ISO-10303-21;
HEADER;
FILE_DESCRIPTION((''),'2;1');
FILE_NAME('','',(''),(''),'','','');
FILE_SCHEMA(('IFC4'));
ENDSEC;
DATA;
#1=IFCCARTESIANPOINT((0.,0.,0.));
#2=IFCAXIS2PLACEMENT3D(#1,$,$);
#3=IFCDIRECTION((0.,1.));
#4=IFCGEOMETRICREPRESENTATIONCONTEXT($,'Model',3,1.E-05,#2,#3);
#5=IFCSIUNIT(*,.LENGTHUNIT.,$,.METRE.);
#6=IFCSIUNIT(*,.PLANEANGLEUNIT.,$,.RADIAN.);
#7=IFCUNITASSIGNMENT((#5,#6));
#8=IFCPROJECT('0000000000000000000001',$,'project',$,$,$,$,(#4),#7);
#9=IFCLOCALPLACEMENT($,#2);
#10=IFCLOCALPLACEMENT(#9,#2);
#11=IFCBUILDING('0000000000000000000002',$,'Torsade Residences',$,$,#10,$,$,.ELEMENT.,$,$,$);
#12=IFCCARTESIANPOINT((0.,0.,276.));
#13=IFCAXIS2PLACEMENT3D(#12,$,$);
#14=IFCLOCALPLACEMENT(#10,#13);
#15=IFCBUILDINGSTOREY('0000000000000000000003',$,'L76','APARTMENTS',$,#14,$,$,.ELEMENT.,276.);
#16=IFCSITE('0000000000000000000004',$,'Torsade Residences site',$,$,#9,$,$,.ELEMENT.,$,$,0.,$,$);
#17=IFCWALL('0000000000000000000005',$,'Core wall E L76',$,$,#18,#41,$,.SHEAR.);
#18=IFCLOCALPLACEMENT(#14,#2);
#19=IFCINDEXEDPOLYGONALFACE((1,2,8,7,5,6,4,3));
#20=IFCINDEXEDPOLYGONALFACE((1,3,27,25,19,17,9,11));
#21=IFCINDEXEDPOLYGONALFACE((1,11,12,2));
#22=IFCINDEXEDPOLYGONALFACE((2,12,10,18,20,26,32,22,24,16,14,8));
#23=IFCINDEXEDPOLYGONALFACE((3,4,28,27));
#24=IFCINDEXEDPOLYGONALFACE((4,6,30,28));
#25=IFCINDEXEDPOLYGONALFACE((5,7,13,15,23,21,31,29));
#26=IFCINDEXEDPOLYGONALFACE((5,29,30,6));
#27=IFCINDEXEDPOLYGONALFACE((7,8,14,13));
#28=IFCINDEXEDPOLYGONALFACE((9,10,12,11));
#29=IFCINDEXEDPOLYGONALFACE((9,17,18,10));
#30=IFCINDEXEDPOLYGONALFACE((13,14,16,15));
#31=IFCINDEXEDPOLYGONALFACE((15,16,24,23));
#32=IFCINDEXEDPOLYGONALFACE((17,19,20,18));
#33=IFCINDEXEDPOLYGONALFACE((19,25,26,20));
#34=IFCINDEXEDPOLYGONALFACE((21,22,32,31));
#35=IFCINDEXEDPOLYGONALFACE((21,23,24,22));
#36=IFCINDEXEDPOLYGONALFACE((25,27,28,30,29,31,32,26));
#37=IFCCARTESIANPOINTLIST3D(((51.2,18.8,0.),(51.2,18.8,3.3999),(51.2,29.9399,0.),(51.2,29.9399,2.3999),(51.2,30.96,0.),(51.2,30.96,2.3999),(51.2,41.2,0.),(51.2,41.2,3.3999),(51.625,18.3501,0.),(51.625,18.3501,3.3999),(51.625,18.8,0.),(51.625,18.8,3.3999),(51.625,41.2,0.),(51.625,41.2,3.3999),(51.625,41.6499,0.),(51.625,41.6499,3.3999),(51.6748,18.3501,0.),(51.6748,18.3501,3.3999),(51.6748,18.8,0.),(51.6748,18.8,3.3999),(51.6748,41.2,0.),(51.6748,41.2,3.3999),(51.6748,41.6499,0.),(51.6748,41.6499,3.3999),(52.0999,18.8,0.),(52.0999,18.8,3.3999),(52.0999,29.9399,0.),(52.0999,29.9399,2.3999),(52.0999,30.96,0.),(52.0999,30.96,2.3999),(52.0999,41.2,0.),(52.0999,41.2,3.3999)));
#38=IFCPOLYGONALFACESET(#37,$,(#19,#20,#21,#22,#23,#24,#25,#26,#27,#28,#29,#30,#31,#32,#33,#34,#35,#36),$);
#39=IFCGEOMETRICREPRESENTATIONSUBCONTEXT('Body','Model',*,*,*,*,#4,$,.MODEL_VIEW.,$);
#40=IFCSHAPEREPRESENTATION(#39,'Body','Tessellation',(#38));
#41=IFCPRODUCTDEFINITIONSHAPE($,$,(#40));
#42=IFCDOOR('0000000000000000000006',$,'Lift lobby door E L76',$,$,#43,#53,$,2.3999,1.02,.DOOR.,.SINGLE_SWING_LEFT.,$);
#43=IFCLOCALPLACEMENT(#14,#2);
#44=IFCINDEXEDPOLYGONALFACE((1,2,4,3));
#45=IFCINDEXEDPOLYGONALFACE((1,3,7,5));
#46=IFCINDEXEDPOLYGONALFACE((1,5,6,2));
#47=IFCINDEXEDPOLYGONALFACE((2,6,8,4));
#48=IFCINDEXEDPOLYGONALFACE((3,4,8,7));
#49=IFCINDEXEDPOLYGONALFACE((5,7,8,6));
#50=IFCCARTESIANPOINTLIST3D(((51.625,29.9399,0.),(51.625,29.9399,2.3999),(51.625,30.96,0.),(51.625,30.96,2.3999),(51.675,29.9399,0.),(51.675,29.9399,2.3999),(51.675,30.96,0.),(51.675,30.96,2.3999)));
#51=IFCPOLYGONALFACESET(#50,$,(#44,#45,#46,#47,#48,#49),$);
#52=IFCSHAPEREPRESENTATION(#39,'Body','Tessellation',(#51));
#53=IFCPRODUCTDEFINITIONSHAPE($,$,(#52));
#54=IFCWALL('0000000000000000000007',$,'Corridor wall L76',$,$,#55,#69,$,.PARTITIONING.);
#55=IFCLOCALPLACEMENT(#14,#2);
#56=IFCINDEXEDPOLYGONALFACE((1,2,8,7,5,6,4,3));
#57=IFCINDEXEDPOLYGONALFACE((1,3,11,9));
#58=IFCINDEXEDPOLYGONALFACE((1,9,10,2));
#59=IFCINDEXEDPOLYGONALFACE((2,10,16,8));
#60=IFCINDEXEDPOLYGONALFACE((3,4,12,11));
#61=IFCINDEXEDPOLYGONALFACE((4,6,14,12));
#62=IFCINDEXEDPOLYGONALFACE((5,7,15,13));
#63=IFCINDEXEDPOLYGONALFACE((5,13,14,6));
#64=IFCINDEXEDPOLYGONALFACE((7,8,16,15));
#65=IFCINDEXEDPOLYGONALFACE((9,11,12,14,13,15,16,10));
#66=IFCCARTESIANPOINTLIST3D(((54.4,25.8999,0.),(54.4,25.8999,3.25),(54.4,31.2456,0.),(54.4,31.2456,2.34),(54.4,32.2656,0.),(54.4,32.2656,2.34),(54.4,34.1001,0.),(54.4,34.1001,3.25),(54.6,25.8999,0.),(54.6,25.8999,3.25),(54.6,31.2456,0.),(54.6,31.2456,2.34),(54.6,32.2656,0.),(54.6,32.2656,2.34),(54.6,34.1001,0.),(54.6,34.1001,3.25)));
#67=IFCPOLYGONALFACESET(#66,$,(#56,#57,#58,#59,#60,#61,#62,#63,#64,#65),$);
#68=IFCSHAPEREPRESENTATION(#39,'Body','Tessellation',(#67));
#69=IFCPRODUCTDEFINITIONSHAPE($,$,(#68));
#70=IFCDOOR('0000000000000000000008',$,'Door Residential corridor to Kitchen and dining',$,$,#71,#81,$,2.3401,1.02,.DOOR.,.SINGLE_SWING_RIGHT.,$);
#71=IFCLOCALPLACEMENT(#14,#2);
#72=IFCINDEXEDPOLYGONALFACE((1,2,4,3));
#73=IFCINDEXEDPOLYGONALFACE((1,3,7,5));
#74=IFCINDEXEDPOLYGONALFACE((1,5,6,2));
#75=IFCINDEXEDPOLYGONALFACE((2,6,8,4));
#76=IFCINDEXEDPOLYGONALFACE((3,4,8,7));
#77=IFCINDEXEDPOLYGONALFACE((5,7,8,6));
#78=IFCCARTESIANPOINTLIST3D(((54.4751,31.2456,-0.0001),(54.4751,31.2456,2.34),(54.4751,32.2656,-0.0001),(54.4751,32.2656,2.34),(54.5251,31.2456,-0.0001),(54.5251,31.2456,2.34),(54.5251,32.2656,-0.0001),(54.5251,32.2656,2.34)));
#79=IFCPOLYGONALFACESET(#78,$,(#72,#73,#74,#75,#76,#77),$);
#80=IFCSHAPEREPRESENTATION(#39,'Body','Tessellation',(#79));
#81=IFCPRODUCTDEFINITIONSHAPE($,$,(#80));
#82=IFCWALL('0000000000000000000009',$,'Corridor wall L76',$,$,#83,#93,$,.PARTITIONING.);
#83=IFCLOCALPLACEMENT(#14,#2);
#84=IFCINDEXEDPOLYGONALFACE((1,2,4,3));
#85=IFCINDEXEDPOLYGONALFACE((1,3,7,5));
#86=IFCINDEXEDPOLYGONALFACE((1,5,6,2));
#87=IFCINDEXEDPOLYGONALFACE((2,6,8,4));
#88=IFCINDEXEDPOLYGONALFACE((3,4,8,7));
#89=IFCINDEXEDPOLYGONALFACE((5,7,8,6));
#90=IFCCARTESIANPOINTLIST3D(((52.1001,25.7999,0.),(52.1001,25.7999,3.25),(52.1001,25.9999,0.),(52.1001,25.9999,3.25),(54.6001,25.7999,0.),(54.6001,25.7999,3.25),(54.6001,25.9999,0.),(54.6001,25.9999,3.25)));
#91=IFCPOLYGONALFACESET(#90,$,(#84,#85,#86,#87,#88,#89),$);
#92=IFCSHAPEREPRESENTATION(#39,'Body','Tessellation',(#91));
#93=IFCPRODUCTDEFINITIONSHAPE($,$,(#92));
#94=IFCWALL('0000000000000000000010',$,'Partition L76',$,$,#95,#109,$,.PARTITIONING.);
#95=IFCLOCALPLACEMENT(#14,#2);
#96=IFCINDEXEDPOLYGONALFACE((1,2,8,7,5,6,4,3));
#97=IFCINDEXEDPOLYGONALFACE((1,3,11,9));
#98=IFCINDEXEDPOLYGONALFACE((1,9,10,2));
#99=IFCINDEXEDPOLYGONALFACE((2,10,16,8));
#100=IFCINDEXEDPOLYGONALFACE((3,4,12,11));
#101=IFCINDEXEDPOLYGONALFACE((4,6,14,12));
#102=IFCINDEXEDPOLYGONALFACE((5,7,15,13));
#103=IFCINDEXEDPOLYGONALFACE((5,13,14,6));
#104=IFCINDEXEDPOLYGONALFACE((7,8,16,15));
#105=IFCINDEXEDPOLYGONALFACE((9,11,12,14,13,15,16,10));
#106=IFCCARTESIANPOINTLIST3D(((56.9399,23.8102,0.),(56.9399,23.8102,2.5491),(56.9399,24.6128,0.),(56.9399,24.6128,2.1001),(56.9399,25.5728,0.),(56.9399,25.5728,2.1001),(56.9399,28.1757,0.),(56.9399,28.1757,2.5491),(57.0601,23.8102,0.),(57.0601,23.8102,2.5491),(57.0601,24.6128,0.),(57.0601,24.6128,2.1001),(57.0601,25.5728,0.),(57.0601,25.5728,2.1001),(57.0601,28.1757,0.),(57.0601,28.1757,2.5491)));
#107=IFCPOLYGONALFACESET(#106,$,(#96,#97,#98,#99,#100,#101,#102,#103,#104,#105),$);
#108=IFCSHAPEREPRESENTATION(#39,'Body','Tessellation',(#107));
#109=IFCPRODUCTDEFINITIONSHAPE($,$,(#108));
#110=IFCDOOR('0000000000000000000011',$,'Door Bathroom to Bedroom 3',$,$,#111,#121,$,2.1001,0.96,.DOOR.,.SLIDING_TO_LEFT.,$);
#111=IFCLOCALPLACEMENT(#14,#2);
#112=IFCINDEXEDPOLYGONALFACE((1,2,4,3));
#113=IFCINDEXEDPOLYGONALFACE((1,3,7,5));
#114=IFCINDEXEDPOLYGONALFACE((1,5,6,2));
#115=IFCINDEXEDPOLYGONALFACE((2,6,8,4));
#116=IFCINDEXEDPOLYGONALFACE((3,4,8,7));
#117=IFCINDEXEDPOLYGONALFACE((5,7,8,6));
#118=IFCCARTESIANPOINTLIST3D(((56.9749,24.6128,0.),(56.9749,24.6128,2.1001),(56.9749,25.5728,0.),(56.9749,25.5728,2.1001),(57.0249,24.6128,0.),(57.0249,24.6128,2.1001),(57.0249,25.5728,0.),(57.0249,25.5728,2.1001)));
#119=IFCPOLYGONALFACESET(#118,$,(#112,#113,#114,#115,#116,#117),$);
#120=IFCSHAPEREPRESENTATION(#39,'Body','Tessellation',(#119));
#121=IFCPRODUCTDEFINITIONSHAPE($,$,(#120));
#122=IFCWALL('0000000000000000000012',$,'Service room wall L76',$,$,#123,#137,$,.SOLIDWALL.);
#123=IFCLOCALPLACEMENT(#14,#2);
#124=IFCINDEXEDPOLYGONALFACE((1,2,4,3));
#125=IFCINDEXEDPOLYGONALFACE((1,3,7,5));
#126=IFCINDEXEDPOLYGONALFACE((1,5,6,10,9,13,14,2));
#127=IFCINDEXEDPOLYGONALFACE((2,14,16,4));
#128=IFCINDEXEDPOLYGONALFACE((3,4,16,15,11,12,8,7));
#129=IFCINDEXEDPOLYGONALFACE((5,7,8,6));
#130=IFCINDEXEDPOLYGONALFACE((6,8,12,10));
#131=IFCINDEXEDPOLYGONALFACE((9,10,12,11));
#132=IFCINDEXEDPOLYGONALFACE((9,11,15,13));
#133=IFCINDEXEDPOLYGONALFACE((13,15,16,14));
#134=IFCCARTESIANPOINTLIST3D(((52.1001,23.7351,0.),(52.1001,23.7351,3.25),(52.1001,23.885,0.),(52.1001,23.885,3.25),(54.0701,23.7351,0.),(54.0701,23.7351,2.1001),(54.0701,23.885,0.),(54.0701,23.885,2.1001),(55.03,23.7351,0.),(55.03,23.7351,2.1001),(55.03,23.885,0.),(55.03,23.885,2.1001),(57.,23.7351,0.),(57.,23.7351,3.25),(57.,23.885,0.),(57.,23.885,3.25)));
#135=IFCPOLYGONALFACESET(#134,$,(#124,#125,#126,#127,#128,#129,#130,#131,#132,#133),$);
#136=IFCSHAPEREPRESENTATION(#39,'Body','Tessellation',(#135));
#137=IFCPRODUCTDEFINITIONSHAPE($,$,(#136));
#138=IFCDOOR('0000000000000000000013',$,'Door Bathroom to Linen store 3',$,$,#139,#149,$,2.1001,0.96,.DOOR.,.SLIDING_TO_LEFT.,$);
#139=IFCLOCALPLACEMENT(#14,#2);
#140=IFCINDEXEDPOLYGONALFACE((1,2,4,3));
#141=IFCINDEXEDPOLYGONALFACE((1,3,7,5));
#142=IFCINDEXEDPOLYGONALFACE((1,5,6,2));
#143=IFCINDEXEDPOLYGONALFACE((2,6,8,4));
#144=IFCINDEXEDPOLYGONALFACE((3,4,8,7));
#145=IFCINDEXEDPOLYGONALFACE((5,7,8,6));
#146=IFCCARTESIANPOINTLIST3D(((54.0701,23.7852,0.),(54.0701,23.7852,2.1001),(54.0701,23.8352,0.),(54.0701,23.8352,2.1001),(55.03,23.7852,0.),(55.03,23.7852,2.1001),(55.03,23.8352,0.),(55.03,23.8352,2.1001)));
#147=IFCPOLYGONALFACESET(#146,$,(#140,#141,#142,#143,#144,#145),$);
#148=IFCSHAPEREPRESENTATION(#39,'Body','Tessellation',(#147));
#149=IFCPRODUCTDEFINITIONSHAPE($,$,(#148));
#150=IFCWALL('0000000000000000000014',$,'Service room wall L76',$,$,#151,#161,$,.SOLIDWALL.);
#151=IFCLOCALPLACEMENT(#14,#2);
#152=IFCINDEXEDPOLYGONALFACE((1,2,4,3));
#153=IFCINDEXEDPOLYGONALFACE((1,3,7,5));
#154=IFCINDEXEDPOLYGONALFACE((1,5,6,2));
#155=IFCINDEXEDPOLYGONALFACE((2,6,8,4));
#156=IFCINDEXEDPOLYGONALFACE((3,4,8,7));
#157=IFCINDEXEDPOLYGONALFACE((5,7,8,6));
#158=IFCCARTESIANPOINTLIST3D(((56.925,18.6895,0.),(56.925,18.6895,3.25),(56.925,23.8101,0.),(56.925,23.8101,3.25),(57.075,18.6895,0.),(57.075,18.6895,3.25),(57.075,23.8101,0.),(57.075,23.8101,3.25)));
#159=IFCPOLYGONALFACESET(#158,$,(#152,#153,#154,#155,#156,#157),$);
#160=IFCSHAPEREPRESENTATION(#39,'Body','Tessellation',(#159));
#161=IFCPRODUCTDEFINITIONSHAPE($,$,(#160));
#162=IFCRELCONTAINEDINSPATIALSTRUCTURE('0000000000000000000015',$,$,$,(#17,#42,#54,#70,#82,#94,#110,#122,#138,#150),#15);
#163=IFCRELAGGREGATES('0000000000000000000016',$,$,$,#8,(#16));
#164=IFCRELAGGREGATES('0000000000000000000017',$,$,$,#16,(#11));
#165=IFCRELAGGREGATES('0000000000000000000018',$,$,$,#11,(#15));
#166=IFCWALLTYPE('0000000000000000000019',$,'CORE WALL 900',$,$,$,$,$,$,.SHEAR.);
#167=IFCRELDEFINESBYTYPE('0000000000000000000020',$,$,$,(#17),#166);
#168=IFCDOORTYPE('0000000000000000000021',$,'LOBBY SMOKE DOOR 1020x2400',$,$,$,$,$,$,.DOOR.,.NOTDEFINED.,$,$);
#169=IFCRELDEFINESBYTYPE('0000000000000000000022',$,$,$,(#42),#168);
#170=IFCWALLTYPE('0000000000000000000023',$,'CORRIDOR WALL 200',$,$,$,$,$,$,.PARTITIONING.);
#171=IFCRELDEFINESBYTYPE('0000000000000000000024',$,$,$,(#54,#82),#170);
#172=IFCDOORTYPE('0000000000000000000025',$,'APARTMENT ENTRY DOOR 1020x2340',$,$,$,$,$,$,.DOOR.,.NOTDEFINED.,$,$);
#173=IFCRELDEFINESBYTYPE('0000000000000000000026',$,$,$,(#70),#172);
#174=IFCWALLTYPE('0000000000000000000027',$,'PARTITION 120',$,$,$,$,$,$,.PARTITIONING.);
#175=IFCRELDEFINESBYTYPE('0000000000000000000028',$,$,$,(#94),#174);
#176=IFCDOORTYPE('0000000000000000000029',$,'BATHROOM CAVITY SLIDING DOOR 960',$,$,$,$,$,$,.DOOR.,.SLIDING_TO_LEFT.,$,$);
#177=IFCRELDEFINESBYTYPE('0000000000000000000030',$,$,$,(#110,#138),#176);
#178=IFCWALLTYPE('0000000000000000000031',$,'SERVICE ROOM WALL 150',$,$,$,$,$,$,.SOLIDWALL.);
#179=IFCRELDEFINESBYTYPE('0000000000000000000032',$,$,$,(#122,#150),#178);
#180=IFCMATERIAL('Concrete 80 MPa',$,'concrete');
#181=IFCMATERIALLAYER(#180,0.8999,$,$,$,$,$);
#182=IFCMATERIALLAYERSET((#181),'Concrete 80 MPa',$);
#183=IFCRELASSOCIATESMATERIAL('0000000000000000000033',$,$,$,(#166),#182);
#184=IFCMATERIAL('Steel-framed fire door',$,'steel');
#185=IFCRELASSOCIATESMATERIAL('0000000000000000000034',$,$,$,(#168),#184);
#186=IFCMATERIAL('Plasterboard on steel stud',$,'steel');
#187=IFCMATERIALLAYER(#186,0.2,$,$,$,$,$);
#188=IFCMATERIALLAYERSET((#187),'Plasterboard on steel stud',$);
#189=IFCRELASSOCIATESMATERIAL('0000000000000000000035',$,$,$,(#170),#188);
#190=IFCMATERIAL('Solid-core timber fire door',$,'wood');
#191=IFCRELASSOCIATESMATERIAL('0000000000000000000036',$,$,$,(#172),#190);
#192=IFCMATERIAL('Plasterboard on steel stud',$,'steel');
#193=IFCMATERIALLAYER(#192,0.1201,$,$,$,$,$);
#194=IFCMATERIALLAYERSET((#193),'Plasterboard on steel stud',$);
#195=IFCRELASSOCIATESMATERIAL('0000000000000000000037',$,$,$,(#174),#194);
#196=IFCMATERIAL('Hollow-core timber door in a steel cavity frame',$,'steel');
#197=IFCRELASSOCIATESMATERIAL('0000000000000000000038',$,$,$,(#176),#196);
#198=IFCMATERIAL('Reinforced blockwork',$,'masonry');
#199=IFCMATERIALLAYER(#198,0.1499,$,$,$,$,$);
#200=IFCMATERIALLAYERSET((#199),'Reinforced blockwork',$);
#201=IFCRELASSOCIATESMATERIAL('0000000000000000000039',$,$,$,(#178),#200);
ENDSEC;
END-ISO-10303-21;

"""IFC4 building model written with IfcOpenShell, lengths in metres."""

from ifc_helpers import new_model, si_unit, direction, frame, frame_2d, origin, place, context, subcontext, project, spatial, polyline, rectangle, outline, extrude, material, layer, layer_set, type_object, element, fill, save


model = new_model("IFC4")

# Units and contexts
model_context = context("Model", 3, precision=1e-05, world=origin(), true_north=direction((0.0, 1.0)))
body_context = subcontext(model_context, "Body", "Model", "MODEL_VIEW")
ifc_project = project(units=[si_unit("LENGTHUNIT", "METRE"), si_unit("PLANEANGLEUNIT", "RADIAN")], contexts=[model_context])

# Site, building, storey
site_placement = place(None, origin())
site = spatial("IfcSite", under=ifc_project, at=site_placement, Name="Torsade Residences site", CompositionType="ELEMENT", RefElevation=0.0)
building_placement = place(site_placement, origin())
building = spatial("IfcBuilding", under=site, at=building_placement, Name="Torsade Residences", CompositionType="ELEMENT")
storey_placement = place(building_placement, frame((0.0, 0.0, 276.0)))
storey = spatial("IfcBuildingStorey", under=building, at=storey_placement, Name="L76", Description="APARTMENTS", CompositionType="ELEMENT", Elevation=276.0)

# Walls, openings, doors
ifc_material_1 = material(Name="Concrete 80 MPa", Category="concrete")
ifc_layer_1 = layer(ifc_material_1, 0.8999)
ifc_layer_set_1 = layer_set([ifc_layer_1], Name="Concrete 80 MPa")
wall_type_1 = type_object("IfcWallType", Name="CORE WALL 900", PredefinedType="SHEAR", material=ifc_layer_set_1)
wall_1_placement = place(storey_placement, frame((51.6499, 18.8, 0.0), z_axis=(0.0, 0.0, 1.0), x_axis=(0.0, 1.0, 0.0)))
wall_1 = element("IfcWall", 1, at=wall_1_placement, inside=storey, type_object=wall_type_1, Name="Core wall E L76", PredefinedType="SHEAR", context=body_context, shape_type="SweptSolid", body=[
    extrude(outline(polyline([(0.0, -0.45), (22.3999, -0.45), (22.3999, -0.0249), (22.8499, -0.0249), (22.8499, 0.0249), (22.3999, 0.0249), (22.3999, 0.45), (0.0, 0.45), (0.0, 0.0249), (-0.45, 0.0249), (-0.45, -0.0249), (0.0, -0.0249), (0.0, -0.45)])), origin(), (0.0, 0.0, 1.0), 3.3999),
])
opening_1_placement = place(wall_1_placement, frame((11.1399, 0.0, 0.0)))
opening_1 = element("IfcOpeningElement", 2, at=opening_1_placement, cuts=wall_1, PredefinedType="OPENING", context=body_context, shape_type="SweptSolid", body=[
    extrude(rectangle(XDim=1.02, YDim=2.3999, at=frame_2d((0.51, 1.2))), frame((0.0, 0.46, 0.0), z_axis=(0.0, -1.0, 0.0), x_axis=(1.0, 0.0, 0.0)), (0.0, 0.0, 1.0), 0.9199),
])
ifc_material_2 = material(Name="Steel-framed fire door", Category="steel")
door_type_1 = type_object("IfcDoorType", Name="LOBBY SMOKE DOOR 1020x2400", OperationType="NOTDEFINED", PredefinedType="DOOR", material=ifc_material_2)
door_1_placement = place(opening_1_placement, origin())
door_1 = element("IfcDoor", 3, at=door_1_placement, inside=storey, type_object=door_type_1, Name="Lift lobby door E L76", OperationType="SINGLE_SWING_LEFT", OverallHeight=2.3999, OverallWidth=1.02, PredefinedType="DOOR", context=body_context, shape_type="SweptSolid", body=[
    extrude(rectangle(XDim=1.02, YDim=2.3999, at=frame_2d((0.51, 1.2))), frame((0.0, 0.0249, 0.0), z_axis=(0.0, -1.0, 0.0), x_axis=(1.0, 0.0, 0.0)), (0.0, 0.0, 1.0), 0.05),
])
fill(opening_1, door_1)
ifc_material_3 = material(Name="Plasterboard on steel stud", Category="steel")
ifc_layer_2 = layer(ifc_material_3, 0.2)
ifc_layer_set_2 = layer_set([ifc_layer_2], Name="Plasterboard on steel stud")
wall_type_2 = type_object("IfcWallType", Name="CORRIDOR WALL 200", PredefinedType="PARTITIONING", material=ifc_layer_set_2)
wall_2_placement = place(storey_placement, frame((54.5, 25.8999, 0.0), z_axis=(0.0, 0.0, 1.0), x_axis=(0.0, 1.0, 0.0)))
wall_2 = element("IfcWall", 4, at=wall_2_placement, inside=storey, type_object=wall_type_2, Name="Corridor wall L76", PredefinedType="PARTITIONING", context=body_context, shape_type="SweptSolid", body=[
    extrude(rectangle(XDim=8.2002, YDim=0.2, at=frame_2d((4.1001, 0.0))), origin(), (0.0, 0.0, 1.0), 3.25),
])
opening_2_placement = place(wall_2_placement, frame((5.3457, 0.0, 0.0)))
opening_2 = element("IfcOpeningElement", 5, at=opening_2_placement, cuts=wall_2, PredefinedType="OPENING", context=body_context, shape_type="SweptSolid", body=[
    extrude(rectangle(XDim=1.02, YDim=2.3401, at=frame_2d((0.51, 1.1699))), frame((0.0, 0.1099, 0.0), z_axis=(0.0, -1.0, 0.0), x_axis=(1.0, 0.0, 0.0)), (0.0, 0.0, 1.0), 0.22),
])
ifc_material_4 = material(Name="Solid-core timber fire door", Category="wood")
door_type_2 = type_object("IfcDoorType", Name="APARTMENT ENTRY DOOR 1020x2340", OperationType="NOTDEFINED", PredefinedType="DOOR", material=ifc_material_4)
door_2_placement = place(opening_2_placement, origin())
door_2 = element("IfcDoor", 6, at=door_2_placement, inside=storey, type_object=door_type_2, Name="Door Residential corridor to Kitchen and dining", OperationType="SINGLE_SWING_RIGHT", OverallHeight=2.3401, OverallWidth=1.02, PredefinedType="DOOR", context=body_context, shape_type="SweptSolid", body=[
    extrude(rectangle(XDim=1.02, YDim=2.3401, at=frame_2d((0.51, 1.1699))), frame((0.0, 0.0249, 0.0), z_axis=(0.0, -1.0, 0.0), x_axis=(1.0, 0.0, 0.0)), (0.0, 0.0, 1.0), 0.05),
])
fill(opening_2, door_2)

# Wall
wall_3_placement = place(storey_placement, frame((52.1001, 25.8999, 0.0), z_axis=(0.0, 0.0, 1.0), x_axis=(1.0, 0.0, 0.0)))
element("IfcWall", 7, at=wall_3_placement, inside=storey, type_object=wall_type_2, Name="Corridor wall L76", PredefinedType="PARTITIONING", context=body_context, shape_type="SweptSolid", body=[
    extrude(rectangle(XDim=2.5, YDim=0.2, at=frame_2d((1.25, 0.0))), origin(), (0.0, 0.0, 1.0), 3.25),
])

# Walls, openings, doors
ifc_material_5 = material(Name="Plasterboard on steel stud", Category="steel")
ifc_layer_3 = layer(ifc_material_5, 0.1201)
ifc_layer_set_3 = layer_set([ifc_layer_3], Name="Plasterboard on steel stud")
wall_type_3 = type_object("IfcWallType", Name="PARTITION 120", PredefinedType="PARTITIONING", material=ifc_layer_set_3)
wall_4_placement = place(storey_placement, frame((57.0, 28.1755, 0.0), z_axis=(0.0, 0.0, 1.0), x_axis=(0.0, -1.0, 0.0)))
wall_4 = element("IfcWall", 8, at=wall_4_placement, inside=storey, type_object=wall_type_3, Name="Partition L76", PredefinedType="PARTITIONING", context=body_context, shape_type="SweptSolid", body=[
    extrude(rectangle(XDim=4.3655, YDim=0.1201, at=frame_2d((2.1826, 0.0))), origin(), (0.0, 0.0, 1.0), 2.5491),
])
opening_3_placement = place(wall_4_placement, frame((2.6028, 0.0, 0.0)))
opening_3 = element("IfcOpeningElement", 9, at=opening_3_placement, cuts=wall_4, PredefinedType="OPENING", context=body_context, shape_type="SweptSolid", body=[
    extrude(rectangle(XDim=0.96, YDim=2.1001, at=frame_2d((0.48, 1.05))), frame((0.0, 0.0701, 0.0), z_axis=(0.0, -1.0, 0.0), x_axis=(1.0, 0.0, 0.0)), (0.0, 0.0, 1.0), 0.1401),
])
ifc_material_6 = material(Name="Hollow-core timber door in a steel cavity frame", Category="steel")
door_type_3 = type_object("IfcDoorType", Name="BATHROOM CAVITY SLIDING DOOR 960", OperationType="SLIDING_TO_LEFT", PredefinedType="DOOR", material=ifc_material_6)
door_3_placement = place(opening_3_placement, origin())
door_3 = element("IfcDoor", 10, at=door_3_placement, inside=storey, type_object=door_type_3, Name="Door Bathroom to Bedroom 3", OperationType="SLIDING_TO_LEFT", OverallHeight=2.1001, OverallWidth=0.96, PredefinedType="DOOR", context=body_context, shape_type="SweptSolid", body=[
    extrude(rectangle(XDim=0.96, YDim=2.1001, at=frame_2d((0.48, 1.05))), frame((0.0, 0.0249, 0.0), z_axis=(0.0, -1.0, 0.0), x_axis=(1.0, 0.0, 0.0)), (0.0, 0.0, 1.0), 0.05),
])
fill(opening_3, door_3)
ifc_material_7 = material(Name="Reinforced blockwork", Category="masonry")
ifc_layer_4 = layer(ifc_material_7, 0.1499)
ifc_layer_set_4 = layer_set([ifc_layer_4], Name="Reinforced blockwork")
wall_type_4 = type_object("IfcWallType", Name="SERVICE ROOM WALL 150", PredefinedType="SOLIDWALL", material=ifc_layer_set_4)
wall_5_placement = place(storey_placement, frame((57.0, 23.8101, 0.0), z_axis=(0.0, 0.0, 1.0), x_axis=(-1.0, 0.0, 0.0)))
wall_5 = element("IfcWall", 11, at=wall_5_placement, inside=storey, type_object=wall_type_4, Name="Service room wall L76", PredefinedType="SOLIDWALL", context=body_context, shape_type="SweptSolid", body=[
    extrude(rectangle(XDim=4.8999, YDim=0.1499, at=frame_2d((2.45, 0.0))), origin(), (0.0, 0.0, 1.0), 3.25),
])
opening_4_placement = place(wall_5_placement, frame((1.97, 0.0, 0.0)))
opening_4 = element("IfcOpeningElement", 12, at=opening_4_placement, cuts=wall_5, PredefinedType="OPENING", context=body_context, shape_type="SweptSolid", body=[
    extrude(rectangle(XDim=0.96, YDim=2.1001, at=frame_2d((0.48, 1.05))), frame((0.0, 0.085, 0.0), z_axis=(0.0, -1.0, 0.0), x_axis=(1.0, 0.0, 0.0)), (0.0, 0.0, 1.0), 0.1699),
])
door_4_placement = place(opening_4_placement, origin())
door_4 = element("IfcDoor", 13, at=door_4_placement, inside=storey, type_object=door_type_3, Name="Door Bathroom to Linen store 3", OperationType="SLIDING_TO_LEFT", OverallHeight=2.1001, OverallWidth=0.96, PredefinedType="DOOR", context=body_context, shape_type="SweptSolid", body=[
    extrude(rectangle(XDim=0.96, YDim=2.1001, at=frame_2d((0.48, 1.05))), frame((0.0, 0.0249, 0.0), z_axis=(0.0, -1.0, 0.0), x_axis=(1.0, 0.0, 0.0)), (0.0, 0.0, 1.0), 0.05),
])
fill(opening_4, door_4)

# Wall
wall_6_placement = place(storey_placement, frame((57.0, 23.8101, 0.0), z_axis=(0.0, 0.0, 1.0), x_axis=(0.0, -1.0, 0.0)))
element("IfcWall", 14, at=wall_6_placement, inside=storey, type_object=wall_type_4, Name="Service room wall L76", PredefinedType="SOLIDWALL", context=body_context, shape_type="SweptSolid", body=[
    extrude(rectangle(XDim=5.1206, YDim=0.1499, at=frame_2d((2.5603, 0.0))), origin(), (0.0, 0.0, 1.0), 3.25),
])

save(model, "model.ifc")
